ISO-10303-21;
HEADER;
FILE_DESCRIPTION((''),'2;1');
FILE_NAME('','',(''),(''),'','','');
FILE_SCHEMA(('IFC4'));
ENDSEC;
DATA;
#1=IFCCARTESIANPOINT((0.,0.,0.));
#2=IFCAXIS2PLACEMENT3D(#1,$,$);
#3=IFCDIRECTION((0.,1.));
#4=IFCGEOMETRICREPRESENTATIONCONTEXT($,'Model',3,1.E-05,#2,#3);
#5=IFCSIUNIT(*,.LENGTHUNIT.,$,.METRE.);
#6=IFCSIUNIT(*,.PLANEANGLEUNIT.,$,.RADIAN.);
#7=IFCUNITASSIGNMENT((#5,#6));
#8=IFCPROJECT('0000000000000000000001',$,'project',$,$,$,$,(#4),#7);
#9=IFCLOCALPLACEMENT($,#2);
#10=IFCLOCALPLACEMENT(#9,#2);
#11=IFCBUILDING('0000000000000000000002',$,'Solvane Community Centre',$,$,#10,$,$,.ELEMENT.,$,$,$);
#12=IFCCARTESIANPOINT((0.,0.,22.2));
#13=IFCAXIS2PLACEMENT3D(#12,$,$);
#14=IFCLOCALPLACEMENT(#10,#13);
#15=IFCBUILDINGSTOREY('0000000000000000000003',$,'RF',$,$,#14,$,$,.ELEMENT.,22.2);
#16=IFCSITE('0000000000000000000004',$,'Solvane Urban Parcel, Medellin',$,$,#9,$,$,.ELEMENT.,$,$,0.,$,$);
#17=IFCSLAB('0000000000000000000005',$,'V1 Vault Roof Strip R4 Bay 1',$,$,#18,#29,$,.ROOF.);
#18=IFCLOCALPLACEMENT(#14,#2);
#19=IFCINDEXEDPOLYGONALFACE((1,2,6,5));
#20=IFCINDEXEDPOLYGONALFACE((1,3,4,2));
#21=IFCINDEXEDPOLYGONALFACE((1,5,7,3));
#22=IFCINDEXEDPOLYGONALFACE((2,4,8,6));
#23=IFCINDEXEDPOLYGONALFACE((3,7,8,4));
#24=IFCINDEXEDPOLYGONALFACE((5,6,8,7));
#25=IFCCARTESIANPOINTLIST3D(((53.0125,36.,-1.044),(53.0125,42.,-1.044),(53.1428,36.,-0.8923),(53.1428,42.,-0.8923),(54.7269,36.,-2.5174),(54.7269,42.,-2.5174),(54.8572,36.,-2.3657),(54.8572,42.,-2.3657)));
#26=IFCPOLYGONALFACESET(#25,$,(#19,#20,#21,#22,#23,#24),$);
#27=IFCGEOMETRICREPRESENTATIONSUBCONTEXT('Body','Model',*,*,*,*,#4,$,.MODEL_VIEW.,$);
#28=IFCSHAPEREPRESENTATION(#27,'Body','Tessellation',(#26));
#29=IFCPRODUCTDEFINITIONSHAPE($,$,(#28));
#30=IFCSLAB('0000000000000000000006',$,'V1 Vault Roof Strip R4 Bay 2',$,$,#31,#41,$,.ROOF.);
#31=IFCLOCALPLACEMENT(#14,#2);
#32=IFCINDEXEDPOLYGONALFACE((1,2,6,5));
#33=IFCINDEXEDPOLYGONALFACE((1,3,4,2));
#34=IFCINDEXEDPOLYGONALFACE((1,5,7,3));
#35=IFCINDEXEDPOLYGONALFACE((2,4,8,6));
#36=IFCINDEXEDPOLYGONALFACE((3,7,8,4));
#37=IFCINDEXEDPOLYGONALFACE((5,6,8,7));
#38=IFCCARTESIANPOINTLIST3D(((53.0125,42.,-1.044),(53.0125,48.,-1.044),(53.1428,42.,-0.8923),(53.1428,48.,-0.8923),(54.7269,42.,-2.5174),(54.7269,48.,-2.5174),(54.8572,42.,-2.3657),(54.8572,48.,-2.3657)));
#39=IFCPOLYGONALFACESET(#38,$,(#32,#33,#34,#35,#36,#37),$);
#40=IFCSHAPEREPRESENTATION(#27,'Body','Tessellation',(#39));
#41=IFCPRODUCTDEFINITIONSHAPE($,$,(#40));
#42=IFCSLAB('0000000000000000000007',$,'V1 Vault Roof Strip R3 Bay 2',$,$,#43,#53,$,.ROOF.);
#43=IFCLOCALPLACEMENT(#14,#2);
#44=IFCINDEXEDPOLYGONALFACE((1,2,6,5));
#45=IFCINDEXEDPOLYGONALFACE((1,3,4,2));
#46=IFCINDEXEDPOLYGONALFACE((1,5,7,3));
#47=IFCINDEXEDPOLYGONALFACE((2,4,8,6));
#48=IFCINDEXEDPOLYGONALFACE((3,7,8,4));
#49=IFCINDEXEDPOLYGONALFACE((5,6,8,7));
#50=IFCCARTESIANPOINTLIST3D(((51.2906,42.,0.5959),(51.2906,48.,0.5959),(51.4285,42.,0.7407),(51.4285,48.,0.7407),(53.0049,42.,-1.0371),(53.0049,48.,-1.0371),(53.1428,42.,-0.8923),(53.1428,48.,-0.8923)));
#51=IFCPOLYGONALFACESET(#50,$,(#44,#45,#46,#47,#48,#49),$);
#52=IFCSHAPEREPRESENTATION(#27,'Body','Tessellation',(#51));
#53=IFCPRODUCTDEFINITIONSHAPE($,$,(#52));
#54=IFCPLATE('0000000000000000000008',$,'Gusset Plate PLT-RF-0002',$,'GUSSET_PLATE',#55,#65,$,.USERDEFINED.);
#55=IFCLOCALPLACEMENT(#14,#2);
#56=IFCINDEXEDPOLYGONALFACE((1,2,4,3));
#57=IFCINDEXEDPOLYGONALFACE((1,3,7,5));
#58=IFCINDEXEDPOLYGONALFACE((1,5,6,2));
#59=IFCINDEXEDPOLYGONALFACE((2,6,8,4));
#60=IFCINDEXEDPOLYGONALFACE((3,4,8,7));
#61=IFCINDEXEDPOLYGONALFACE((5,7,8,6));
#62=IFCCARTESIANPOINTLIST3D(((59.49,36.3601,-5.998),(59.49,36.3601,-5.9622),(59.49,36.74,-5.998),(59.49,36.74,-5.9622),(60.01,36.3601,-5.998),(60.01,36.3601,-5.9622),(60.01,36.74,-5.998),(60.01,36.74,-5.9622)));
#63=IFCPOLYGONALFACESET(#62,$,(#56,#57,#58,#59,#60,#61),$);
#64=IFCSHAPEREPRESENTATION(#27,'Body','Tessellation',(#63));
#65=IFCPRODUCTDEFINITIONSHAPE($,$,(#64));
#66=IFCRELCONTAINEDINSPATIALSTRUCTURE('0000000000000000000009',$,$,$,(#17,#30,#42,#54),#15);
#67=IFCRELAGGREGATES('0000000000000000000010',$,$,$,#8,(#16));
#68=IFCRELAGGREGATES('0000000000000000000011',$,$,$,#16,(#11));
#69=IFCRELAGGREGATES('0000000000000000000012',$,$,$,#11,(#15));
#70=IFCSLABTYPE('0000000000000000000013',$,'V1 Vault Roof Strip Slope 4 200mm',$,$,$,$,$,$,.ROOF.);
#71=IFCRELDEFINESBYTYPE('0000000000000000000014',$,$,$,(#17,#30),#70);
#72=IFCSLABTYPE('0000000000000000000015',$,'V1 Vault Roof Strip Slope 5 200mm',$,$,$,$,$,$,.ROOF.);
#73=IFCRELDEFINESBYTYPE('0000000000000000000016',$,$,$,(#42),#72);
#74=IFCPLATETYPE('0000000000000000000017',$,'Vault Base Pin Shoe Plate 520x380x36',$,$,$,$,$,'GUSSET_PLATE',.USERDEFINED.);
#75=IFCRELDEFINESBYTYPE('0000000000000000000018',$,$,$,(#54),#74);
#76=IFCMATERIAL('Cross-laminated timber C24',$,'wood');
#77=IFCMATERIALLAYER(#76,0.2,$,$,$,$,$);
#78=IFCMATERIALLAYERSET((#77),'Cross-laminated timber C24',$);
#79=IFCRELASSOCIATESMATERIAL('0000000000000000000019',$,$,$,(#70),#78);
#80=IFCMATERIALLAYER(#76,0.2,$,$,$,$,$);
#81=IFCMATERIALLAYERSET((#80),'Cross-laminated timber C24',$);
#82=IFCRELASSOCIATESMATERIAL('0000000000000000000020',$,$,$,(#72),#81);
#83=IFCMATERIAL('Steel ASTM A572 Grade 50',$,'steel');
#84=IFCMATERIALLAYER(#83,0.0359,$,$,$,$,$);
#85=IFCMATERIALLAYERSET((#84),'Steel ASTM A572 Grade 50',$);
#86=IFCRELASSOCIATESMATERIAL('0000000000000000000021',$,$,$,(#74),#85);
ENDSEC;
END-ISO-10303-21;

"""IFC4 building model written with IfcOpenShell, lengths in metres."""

from ifc_helpers import new_model, si_unit, direction, frame, origin, origin_2d, place, context, subcontext, project, spatial, polyline, rectangle, outline, extrude, material, layer, layer_set, type_object, element, save


model = new_model("IFC4")

# Units and contexts
model_context = context("Model", 3, precision=1e-05, world=origin(), true_north=direction((0.0, 1.0)))
body_context = subcontext(model_context, "Body", "Model", "MODEL_VIEW")
ifc_project = project(units=[si_unit("LENGTHUNIT", "METRE"), si_unit("PLANEANGLEUNIT", "RADIAN")], contexts=[model_context])

# Site, building, storey
site_placement = place(None, origin())
site = spatial("IfcSite", under=ifc_project, at=site_placement, Name="Solvane Urban Parcel, Medellin", CompositionType="ELEMENT", RefElevation=0.0)
building_placement = place(site_placement, origin())
building = spatial("IfcBuilding", under=site, at=building_placement, Name="Solvane Community Centre", CompositionType="ELEMENT")
storey_placement = place(building_placement, frame((0.0, 0.0, 22.2)))
storey = spatial("IfcBuildingStorey", under=building, at=storey_placement, Name="RF", CompositionType="ELEMENT", Elevation=22.2)

# Shared definitions
ifc_material_1 = material(Name="Steel ASTM A572 Grade 50", Category="steel")

# Slabs
ifc_material_2 = material(Name="Cross-laminated timber C24", Category="wood")
ifc_layer_1 = layer(ifc_material_2, 0.2)
ifc_layer_set_1 = layer_set([ifc_layer_1], Name="Cross-laminated timber C24")
slab_type_1 = type_object("IfcSlabType", Name="V1 Vault Roof Strip Slope 4 200mm", PredefinedType="ROOF", material=ifc_layer_set_1)
for number, where, z_axis, x_axis, name in (
    (1, (53.1428, 36.0, -0.8923), (0.651796, 0.0, 0.758394), (0.758394, 0.0, -0.651796), "V1 Vault Roof Strip R4 Bay 1"),
    (2, (53.1428, 42.0, -0.8923), (0.651796, 0.0, 0.758394), (0.758394, 0.0, -0.651796), "V1 Vault Roof Strip R4 Bay 2"),
):
    element("IfcSlab", number, at=place(storey_placement, frame(where, z_axis=z_axis, x_axis=x_axis)), inside=storey, type_object=slab_type_1, Name=name, PredefinedType="ROOF", context=body_context, shape_type="SweptSolid", body=[
        extrude(outline(polyline([(0.0, 0.0), (2.2605, 0.0), (2.2605, 6.0), (0.0, 6.0), (0.0, 0.0)])), origin(), (0.0, 0.0, -1.0), 0.2),
    ])
ifc_layer_2 = layer(ifc_material_2, 0.2)
ifc_layer_set_2 = layer_set([ifc_layer_2], Name="Cross-laminated timber C24")
slab_type_2 = type_object("IfcSlabType", Name="V1 Vault Roof Strip Slope 5 200mm", PredefinedType="ROOF", material=ifc_layer_set_2)
slab_1_placement = place(storey_placement, frame((51.4285, 42.0, 0.7407), z_axis=(0.68973, 0.0, 0.724067), x_axis=(0.724067, 0.0, -0.68973)))
element("IfcSlab", 3, at=slab_1_placement, inside=storey, type_object=slab_type_2, Name="V1 Vault Roof Strip R3 Bay 2", PredefinedType="ROOF", context=body_context, shape_type="SweptSolid", body=[
    extrude(outline(polyline([(0.0, 0.0), (2.3677, 0.0), (2.3677, 6.0), (0.0, 6.0), (0.0, 0.0)])), origin(), (0.0, 0.0, -1.0), 0.2),
])

# Plate
ifc_layer_3 = layer(ifc_material_1, 0.0359)
ifc_layer_set_3 = layer_set([ifc_layer_3], Name="Steel ASTM A572 Grade 50")
plate_type_1 = type_object("IfcPlateType", Name="Vault Base Pin Shoe Plate 520x380x36", ElementType="GUSSET_PLATE", PredefinedType="USERDEFINED", material=ifc_layer_set_3)
plate_placement = place(storey_placement, frame((59.75, 36.55, -5.998), z_axis=(0.0, 0.0, 1.0), x_axis=(1.0, 0.0, 0.0)))
element("IfcPlate", 4, at=plate_placement, inside=storey, type_object=plate_type_1, Name="Gusset Plate PLT-RF-0002", ObjectType="GUSSET_PLATE", PredefinedType="USERDEFINED", context=body_context, shape_type="SweptSolid", body=[
    extrude(rectangle(XDim=0.52, YDim=0.3799, at=origin_2d()), origin(), (0.0, 0.0, 1.0), 0.0359),
])

save(model, "model.ifc")
